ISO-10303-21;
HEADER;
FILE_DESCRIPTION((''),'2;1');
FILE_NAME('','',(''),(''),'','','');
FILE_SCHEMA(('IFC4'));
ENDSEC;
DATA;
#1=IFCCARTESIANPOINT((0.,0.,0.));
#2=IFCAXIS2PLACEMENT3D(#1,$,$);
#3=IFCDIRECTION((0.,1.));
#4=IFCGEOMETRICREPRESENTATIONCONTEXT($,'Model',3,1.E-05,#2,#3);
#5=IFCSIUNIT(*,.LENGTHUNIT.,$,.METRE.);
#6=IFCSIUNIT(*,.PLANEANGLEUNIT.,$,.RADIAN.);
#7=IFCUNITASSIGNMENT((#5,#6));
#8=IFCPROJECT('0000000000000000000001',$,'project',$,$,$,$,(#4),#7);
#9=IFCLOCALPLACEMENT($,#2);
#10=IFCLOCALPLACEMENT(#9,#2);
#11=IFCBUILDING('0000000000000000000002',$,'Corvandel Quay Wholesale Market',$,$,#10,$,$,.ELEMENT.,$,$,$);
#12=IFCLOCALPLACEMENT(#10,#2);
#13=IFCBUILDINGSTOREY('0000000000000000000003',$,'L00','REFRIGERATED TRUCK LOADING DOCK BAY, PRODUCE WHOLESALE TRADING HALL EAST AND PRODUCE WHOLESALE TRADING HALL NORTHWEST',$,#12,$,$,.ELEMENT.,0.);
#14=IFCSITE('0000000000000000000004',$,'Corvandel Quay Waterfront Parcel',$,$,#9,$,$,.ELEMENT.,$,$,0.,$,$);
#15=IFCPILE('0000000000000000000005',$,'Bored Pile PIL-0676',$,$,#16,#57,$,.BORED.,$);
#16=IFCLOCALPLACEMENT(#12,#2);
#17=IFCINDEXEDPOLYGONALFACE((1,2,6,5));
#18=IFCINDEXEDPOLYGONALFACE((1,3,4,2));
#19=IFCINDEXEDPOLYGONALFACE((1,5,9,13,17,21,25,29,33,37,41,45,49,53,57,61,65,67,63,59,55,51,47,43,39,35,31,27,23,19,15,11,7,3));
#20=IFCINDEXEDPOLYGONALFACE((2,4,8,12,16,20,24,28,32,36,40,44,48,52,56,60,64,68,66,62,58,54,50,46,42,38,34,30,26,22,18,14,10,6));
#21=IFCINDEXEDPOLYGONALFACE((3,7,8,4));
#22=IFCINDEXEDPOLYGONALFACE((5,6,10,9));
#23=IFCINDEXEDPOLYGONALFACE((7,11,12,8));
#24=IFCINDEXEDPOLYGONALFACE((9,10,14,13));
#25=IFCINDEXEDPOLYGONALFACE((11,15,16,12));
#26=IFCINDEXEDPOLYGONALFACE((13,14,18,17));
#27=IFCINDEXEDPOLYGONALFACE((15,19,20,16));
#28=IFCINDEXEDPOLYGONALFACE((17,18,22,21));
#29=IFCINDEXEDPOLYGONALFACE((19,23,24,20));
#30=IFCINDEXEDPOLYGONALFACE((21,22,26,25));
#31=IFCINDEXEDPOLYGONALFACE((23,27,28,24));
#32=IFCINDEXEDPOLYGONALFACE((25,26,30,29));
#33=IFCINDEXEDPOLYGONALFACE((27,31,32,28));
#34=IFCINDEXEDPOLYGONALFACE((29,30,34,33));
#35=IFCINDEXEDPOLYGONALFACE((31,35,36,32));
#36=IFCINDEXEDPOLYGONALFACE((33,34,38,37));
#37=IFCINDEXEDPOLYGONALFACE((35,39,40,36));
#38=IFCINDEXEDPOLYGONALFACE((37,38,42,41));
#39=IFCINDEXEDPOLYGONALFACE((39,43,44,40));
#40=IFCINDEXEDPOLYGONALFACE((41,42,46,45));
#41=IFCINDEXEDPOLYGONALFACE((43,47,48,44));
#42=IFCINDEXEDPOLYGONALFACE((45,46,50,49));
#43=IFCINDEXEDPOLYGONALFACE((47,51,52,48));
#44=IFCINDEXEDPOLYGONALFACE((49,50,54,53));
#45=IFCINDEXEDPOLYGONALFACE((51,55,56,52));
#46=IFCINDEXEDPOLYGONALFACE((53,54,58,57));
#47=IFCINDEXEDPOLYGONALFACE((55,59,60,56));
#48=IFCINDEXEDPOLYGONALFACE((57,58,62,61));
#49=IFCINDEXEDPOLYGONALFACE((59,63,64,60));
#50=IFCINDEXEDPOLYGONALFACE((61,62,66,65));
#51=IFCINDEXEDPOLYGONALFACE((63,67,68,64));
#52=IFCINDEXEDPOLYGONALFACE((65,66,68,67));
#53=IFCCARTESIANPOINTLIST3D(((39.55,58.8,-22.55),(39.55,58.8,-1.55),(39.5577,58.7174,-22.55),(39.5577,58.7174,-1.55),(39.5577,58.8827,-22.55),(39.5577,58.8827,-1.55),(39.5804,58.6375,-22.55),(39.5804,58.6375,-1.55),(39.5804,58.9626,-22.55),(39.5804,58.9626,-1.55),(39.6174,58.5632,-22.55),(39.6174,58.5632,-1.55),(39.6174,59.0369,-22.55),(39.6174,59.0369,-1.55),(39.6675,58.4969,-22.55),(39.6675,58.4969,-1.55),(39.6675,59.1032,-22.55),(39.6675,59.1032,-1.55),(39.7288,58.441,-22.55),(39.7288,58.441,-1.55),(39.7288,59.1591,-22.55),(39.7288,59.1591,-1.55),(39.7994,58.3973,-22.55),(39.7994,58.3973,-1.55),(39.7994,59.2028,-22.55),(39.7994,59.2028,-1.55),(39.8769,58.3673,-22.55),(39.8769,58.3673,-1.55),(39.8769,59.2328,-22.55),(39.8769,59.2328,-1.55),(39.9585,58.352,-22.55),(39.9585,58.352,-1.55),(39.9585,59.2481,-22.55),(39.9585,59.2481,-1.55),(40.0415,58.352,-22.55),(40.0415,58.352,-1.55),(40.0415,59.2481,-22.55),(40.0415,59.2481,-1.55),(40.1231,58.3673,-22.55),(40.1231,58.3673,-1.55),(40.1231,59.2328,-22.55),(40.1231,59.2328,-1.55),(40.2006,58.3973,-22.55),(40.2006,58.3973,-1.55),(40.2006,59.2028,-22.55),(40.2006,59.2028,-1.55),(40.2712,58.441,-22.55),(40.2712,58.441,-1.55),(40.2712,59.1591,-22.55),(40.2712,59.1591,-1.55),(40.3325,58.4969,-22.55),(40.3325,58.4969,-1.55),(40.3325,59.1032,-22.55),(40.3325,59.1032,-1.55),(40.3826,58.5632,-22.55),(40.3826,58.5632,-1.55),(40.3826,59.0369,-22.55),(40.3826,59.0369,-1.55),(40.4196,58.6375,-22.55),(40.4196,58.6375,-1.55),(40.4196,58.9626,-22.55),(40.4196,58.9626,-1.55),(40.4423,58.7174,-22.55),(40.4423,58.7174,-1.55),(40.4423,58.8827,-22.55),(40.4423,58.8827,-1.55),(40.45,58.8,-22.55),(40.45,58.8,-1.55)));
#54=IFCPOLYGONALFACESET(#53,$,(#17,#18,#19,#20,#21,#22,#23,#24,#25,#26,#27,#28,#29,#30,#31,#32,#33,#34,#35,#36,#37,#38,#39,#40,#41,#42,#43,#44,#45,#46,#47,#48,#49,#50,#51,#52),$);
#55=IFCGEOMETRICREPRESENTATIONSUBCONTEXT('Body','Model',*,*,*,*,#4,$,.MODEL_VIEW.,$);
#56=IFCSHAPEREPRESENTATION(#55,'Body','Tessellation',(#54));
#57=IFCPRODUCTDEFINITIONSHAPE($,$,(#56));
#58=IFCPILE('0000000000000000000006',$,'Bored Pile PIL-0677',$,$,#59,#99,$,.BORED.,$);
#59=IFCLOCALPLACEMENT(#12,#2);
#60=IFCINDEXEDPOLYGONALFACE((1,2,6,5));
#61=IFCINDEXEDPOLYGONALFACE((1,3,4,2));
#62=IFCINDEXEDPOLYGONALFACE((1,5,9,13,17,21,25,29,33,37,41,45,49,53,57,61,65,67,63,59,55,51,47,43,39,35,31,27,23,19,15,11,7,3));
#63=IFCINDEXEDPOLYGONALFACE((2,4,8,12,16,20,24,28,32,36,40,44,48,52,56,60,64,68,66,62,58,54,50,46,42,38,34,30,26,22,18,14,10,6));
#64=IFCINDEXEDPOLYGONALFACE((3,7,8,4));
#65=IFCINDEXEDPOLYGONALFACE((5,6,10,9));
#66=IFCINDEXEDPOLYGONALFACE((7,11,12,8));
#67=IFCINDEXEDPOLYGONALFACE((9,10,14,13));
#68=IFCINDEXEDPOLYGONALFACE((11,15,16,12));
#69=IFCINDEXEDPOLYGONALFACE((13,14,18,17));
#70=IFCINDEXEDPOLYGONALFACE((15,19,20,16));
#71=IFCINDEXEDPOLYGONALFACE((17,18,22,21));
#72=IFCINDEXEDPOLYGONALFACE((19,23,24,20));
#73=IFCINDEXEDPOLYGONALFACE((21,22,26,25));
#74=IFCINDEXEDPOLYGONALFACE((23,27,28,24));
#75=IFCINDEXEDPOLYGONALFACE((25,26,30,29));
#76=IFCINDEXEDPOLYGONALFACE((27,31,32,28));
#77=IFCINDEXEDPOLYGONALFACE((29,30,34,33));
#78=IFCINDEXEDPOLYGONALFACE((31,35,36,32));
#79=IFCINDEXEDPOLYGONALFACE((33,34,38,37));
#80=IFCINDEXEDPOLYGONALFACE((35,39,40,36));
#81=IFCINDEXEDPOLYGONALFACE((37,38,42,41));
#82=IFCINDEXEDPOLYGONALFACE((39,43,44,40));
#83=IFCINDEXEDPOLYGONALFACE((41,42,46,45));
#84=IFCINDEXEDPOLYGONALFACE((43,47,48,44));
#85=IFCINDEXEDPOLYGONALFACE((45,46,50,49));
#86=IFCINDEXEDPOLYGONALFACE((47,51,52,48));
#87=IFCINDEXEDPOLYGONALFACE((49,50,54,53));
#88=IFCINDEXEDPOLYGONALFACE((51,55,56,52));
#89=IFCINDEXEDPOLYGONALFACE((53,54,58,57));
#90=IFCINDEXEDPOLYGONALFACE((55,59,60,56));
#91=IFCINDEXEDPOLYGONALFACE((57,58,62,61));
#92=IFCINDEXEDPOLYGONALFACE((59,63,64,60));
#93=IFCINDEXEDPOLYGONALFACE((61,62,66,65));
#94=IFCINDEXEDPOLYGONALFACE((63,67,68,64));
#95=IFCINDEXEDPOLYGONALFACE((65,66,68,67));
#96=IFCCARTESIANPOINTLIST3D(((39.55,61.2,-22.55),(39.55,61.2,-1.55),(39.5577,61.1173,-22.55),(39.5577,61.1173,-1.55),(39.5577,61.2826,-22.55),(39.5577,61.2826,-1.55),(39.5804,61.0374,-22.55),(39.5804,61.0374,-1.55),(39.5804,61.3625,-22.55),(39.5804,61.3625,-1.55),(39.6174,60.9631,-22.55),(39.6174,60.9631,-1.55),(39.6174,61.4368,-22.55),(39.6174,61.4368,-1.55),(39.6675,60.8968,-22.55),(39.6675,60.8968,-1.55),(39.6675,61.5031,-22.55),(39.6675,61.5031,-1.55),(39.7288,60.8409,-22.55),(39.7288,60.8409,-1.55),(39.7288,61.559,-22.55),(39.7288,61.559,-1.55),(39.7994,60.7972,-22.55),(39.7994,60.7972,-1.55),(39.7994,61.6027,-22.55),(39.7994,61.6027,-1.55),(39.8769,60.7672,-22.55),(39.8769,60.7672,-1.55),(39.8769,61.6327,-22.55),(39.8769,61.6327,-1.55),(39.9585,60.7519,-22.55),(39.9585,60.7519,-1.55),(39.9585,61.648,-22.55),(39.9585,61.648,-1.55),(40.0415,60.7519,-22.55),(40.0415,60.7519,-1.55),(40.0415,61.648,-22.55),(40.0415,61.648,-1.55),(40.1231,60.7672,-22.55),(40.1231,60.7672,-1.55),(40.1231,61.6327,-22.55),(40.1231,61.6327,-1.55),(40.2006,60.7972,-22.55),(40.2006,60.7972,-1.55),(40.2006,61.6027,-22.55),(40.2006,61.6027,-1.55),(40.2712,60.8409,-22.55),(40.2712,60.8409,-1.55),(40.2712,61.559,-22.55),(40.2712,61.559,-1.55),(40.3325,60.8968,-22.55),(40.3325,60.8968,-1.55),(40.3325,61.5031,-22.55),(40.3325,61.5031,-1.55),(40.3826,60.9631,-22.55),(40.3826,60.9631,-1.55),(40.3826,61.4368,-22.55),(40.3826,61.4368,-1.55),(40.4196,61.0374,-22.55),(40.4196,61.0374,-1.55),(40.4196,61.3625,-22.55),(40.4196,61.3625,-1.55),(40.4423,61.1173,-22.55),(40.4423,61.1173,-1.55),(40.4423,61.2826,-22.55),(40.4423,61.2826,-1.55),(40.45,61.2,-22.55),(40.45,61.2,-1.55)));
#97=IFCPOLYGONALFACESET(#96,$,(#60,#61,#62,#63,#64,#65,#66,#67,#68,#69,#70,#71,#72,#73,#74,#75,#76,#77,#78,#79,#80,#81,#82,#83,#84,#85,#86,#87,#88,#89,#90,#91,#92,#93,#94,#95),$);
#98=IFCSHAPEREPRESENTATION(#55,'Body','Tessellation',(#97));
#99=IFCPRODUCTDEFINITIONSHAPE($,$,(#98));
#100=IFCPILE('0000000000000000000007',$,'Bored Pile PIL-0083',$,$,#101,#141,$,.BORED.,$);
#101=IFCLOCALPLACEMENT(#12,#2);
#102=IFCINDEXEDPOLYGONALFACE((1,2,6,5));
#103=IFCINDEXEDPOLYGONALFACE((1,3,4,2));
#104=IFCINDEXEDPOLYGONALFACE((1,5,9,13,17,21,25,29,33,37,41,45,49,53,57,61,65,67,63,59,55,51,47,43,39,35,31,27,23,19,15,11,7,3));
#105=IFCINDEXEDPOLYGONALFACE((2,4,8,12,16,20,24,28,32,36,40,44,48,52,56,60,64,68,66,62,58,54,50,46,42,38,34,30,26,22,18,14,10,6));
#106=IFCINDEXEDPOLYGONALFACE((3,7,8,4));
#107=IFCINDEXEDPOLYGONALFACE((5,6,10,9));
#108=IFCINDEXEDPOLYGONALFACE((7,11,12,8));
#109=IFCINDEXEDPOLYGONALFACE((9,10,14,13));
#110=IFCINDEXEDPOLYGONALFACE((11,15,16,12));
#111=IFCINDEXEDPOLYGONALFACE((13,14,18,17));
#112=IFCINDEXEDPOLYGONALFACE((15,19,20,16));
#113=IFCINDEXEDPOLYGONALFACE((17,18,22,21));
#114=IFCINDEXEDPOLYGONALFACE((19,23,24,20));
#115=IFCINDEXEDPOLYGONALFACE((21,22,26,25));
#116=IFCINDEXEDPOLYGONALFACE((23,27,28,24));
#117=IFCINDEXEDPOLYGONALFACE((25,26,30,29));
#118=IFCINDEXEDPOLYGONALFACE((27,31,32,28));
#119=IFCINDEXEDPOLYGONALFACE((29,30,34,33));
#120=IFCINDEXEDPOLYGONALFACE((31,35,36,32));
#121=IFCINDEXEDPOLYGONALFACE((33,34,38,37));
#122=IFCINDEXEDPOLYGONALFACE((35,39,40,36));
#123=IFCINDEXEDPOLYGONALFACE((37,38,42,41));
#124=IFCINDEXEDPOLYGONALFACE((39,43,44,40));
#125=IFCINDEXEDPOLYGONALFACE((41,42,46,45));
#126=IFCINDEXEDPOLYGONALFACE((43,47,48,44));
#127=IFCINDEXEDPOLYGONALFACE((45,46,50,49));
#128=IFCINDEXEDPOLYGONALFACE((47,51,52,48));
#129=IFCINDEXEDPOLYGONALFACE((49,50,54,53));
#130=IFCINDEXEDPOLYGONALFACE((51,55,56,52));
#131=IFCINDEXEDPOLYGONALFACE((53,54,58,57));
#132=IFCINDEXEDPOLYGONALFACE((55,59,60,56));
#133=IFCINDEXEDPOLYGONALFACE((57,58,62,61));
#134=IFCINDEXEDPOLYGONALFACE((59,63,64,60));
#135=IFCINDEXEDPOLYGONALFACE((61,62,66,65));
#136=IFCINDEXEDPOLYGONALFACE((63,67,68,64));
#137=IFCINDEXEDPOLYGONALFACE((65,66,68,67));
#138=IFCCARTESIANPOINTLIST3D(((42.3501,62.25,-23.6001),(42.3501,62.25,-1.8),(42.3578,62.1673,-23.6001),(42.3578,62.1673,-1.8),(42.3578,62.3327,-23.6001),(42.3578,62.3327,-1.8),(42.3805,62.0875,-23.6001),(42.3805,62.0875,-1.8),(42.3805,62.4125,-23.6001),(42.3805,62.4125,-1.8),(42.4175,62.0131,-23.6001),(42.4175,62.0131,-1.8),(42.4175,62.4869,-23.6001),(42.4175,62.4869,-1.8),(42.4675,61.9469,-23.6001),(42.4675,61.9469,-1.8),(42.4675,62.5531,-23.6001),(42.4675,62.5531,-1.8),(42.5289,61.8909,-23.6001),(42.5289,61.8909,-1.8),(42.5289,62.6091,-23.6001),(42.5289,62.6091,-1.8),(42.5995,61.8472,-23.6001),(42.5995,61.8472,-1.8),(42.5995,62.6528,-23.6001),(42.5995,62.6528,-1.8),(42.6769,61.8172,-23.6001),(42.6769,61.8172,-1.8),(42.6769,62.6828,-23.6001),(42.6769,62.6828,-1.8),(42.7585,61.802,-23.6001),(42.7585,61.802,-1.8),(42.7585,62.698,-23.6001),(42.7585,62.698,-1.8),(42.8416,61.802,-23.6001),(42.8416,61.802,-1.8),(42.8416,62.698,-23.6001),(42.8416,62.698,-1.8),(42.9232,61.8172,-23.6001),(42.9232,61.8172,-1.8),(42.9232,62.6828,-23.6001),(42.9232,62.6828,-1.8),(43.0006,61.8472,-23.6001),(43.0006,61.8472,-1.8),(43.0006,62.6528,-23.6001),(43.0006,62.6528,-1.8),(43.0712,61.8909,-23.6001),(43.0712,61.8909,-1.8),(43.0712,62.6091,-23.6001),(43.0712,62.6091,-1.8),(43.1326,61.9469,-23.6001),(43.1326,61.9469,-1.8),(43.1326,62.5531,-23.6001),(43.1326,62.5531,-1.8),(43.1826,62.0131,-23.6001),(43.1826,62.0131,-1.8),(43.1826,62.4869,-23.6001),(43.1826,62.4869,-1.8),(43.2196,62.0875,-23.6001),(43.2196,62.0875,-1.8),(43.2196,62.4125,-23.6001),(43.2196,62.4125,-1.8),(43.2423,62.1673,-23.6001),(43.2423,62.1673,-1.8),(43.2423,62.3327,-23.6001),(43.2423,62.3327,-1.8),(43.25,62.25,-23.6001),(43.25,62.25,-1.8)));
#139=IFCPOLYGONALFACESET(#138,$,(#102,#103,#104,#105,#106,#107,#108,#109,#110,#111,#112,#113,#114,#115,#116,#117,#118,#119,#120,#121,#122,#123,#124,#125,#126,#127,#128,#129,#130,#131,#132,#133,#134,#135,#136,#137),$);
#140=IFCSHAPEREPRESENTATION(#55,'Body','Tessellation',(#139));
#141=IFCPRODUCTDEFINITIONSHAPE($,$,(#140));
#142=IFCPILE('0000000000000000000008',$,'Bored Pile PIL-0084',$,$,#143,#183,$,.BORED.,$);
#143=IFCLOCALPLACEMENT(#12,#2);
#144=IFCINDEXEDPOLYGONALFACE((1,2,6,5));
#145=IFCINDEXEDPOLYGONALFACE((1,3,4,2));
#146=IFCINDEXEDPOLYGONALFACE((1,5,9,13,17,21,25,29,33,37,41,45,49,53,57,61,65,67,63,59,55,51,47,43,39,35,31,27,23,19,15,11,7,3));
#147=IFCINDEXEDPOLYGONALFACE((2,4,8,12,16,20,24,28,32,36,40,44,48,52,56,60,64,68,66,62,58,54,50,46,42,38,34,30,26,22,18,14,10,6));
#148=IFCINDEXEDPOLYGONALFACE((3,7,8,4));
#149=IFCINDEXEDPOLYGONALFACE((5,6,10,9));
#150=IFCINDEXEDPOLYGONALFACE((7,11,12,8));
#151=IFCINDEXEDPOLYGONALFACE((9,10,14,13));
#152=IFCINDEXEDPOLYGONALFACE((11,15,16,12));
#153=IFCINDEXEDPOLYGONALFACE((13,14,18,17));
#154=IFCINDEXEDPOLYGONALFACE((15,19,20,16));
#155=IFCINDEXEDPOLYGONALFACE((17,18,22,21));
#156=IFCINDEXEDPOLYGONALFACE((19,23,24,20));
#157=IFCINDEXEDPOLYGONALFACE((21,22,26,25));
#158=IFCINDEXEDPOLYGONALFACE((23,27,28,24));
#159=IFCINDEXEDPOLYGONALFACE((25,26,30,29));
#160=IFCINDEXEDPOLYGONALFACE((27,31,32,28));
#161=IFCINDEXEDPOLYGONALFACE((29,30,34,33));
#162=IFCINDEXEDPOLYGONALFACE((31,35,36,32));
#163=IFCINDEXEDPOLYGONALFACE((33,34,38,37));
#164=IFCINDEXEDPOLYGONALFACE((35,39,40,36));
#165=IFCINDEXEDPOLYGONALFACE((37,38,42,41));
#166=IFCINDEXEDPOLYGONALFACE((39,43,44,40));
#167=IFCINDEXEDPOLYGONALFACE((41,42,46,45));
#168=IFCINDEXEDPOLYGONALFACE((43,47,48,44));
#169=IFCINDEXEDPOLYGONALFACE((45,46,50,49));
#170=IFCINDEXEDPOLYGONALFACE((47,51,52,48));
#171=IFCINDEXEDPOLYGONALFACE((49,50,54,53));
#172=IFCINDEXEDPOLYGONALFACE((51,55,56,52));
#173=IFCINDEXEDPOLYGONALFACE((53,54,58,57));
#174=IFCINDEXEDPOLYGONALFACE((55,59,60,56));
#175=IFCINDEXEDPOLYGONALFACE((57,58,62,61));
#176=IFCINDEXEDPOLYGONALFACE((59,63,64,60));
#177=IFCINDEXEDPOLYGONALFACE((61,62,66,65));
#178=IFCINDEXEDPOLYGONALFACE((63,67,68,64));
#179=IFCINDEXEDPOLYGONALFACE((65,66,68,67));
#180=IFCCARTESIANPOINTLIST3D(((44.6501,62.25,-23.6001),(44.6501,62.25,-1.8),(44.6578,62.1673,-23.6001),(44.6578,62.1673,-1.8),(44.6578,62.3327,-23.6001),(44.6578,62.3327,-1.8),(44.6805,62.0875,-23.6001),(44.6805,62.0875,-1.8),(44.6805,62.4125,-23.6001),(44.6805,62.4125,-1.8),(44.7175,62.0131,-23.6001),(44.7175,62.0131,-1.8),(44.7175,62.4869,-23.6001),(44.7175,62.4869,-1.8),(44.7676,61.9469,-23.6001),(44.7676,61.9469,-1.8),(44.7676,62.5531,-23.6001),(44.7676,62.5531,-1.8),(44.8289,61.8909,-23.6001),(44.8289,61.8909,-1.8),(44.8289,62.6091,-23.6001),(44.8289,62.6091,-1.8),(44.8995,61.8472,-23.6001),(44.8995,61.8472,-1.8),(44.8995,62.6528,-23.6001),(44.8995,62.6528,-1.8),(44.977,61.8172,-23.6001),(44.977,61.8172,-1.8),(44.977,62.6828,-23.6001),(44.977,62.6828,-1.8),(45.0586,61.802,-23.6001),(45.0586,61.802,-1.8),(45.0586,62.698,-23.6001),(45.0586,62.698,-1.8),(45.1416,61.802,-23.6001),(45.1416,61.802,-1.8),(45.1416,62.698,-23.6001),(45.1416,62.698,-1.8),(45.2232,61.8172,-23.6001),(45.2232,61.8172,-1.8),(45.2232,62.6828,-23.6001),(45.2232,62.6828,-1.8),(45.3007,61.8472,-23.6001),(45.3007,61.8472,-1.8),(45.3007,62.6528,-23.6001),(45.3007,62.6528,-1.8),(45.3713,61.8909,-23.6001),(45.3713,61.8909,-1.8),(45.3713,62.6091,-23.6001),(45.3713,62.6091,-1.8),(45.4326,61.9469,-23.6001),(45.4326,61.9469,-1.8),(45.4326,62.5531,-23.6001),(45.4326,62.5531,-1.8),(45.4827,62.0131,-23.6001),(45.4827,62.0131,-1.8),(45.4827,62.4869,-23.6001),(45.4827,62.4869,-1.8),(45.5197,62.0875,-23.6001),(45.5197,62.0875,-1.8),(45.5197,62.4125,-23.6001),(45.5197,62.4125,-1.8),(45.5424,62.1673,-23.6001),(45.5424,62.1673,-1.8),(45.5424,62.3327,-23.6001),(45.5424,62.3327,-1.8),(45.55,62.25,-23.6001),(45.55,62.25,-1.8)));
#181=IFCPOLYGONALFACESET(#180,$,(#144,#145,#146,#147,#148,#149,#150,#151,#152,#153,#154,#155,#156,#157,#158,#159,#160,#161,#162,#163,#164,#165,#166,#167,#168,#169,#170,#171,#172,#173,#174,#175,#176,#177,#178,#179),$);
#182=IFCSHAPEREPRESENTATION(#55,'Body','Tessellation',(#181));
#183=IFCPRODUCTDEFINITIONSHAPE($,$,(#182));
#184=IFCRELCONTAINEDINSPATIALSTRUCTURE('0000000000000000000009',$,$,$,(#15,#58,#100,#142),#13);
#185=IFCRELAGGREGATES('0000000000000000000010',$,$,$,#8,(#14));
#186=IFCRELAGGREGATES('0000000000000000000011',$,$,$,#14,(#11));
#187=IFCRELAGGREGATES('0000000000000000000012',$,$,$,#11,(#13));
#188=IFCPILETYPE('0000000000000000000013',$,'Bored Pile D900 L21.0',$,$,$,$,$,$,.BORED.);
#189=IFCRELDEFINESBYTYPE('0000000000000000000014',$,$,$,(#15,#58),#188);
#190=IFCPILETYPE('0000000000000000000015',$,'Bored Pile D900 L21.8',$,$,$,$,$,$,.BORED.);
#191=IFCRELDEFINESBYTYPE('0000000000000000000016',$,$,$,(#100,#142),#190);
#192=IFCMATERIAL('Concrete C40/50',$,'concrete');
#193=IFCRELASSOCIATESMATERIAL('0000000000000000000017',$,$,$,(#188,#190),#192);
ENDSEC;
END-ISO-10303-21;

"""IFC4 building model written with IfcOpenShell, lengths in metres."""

from ifc_helpers import new_model, si_unit, direction, frame, origin, origin_2d, place, context, subcontext, project, spatial, circle, extrude, material, material_profile, profile_set, type_object, element, save


model = new_model("IFC4")

# Units and contexts
model_context = context("Model", 3, precision=1e-05, world=origin(), true_north=direction((0.0, 1.0)))
body_context = subcontext(model_context, "Body", "Model", "MODEL_VIEW")
ifc_project = project(units=[si_unit("LENGTHUNIT", "METRE"), si_unit("PLANEANGLEUNIT", "RADIAN")], contexts=[model_context])

# Site, building, storey
site_placement = place(None, origin())
site = spatial("IfcSite", under=ifc_project, at=site_placement, Name="Corvandel Quay Waterfront Parcel", CompositionType="ELEMENT", RefElevation=0.0)
building_placement = place(site_placement, origin())
building = spatial("IfcBuilding", under=site, at=building_placement, Name="Corvandel Quay Wholesale Market", CompositionType="ELEMENT")
storey_placement = place(building_placement, origin())
storey = spatial("IfcBuildingStorey", under=building, at=storey_placement, Name="L00", Description="REFRIGERATED TRUCK LOADING DOCK BAY, PRODUCE WHOLESALE TRADING HALL EAST AND PRODUCE WHOLESALE TRADING HALL NORTHWEST", CompositionType="ELEMENT", Elevation=0.0)

# Piles
ifc_material_1 = material(Name="Concrete C40/50", Category="concrete")
ifc_material_profile_1 = material_profile(ifc_material_1, circle(Radius=0.45, at=origin_2d()), Name="RC-PILE-D900")
ifc_profile_set_1 = profile_set([ifc_material_profile_1], Name="Concrete C40/50")
pile_type_1 = type_object("IfcPileType", Name="Bored Pile D900 L21.0", PredefinedType="BORED", material=ifc_profile_set_1)
for number, where, z_axis, x_axis, name in (
    (1, (40.0, 58.8, -1.55), (0.0, 0.0, -1.0), (1.0, 0.0, 0.0), "Bored Pile PIL-0676"),
    (2, (40.0, 61.2, -1.55), (0.0, 0.0, -1.0), (1.0, 0.0, 0.0), "Bored Pile PIL-0677"),
):
    element("IfcPile", number, at=place(storey_placement, frame(where, z_axis=z_axis, x_axis=x_axis)), inside=storey, type_object=pile_type_1, Name=name, PredefinedType="BORED", context=body_context, shape_type="SweptSolid", body=[
        extrude(circle(Radius=0.45, at=origin_2d()), origin(), (0.0, 0.0, 1.0), 21.0),
    ])
ifc_material_profile_2 = material_profile(ifc_material_1, circle(Radius=0.45, at=origin_2d()), Name="RC-PILE-D900")
ifc_profile_set_2 = profile_set([ifc_material_profile_2], Name="Concrete C40/50")
pile_type_2 = type_object("IfcPileType", Name="Bored Pile D900 L21.8", PredefinedType="BORED", material=ifc_profile_set_2)
for number, where, z_axis, x_axis, name in (
    (3, (42.8, 62.25, -1.8), (0.0, 0.0, -1.0), (1.0, 0.0, 0.0), "Bored Pile PIL-0083"),
    (4, (45.1001, 62.25, -1.8), (0.0, 0.0, -1.0), (1.0, 0.0, 0.0), "Bored Pile PIL-0084"),
):
    element("IfcPile", number, at=place(storey_placement, frame(where, z_axis=z_axis, x_axis=x_axis)), inside=storey, type_object=pile_type_2, Name=name, PredefinedType="BORED", context=body_context, shape_type="SweptSolid", body=[
        extrude(circle(Radius=0.45, at=origin_2d()), origin(), (0.0, 0.0, 1.0), 21.8),
    ])

save(model, "model.ifc")
